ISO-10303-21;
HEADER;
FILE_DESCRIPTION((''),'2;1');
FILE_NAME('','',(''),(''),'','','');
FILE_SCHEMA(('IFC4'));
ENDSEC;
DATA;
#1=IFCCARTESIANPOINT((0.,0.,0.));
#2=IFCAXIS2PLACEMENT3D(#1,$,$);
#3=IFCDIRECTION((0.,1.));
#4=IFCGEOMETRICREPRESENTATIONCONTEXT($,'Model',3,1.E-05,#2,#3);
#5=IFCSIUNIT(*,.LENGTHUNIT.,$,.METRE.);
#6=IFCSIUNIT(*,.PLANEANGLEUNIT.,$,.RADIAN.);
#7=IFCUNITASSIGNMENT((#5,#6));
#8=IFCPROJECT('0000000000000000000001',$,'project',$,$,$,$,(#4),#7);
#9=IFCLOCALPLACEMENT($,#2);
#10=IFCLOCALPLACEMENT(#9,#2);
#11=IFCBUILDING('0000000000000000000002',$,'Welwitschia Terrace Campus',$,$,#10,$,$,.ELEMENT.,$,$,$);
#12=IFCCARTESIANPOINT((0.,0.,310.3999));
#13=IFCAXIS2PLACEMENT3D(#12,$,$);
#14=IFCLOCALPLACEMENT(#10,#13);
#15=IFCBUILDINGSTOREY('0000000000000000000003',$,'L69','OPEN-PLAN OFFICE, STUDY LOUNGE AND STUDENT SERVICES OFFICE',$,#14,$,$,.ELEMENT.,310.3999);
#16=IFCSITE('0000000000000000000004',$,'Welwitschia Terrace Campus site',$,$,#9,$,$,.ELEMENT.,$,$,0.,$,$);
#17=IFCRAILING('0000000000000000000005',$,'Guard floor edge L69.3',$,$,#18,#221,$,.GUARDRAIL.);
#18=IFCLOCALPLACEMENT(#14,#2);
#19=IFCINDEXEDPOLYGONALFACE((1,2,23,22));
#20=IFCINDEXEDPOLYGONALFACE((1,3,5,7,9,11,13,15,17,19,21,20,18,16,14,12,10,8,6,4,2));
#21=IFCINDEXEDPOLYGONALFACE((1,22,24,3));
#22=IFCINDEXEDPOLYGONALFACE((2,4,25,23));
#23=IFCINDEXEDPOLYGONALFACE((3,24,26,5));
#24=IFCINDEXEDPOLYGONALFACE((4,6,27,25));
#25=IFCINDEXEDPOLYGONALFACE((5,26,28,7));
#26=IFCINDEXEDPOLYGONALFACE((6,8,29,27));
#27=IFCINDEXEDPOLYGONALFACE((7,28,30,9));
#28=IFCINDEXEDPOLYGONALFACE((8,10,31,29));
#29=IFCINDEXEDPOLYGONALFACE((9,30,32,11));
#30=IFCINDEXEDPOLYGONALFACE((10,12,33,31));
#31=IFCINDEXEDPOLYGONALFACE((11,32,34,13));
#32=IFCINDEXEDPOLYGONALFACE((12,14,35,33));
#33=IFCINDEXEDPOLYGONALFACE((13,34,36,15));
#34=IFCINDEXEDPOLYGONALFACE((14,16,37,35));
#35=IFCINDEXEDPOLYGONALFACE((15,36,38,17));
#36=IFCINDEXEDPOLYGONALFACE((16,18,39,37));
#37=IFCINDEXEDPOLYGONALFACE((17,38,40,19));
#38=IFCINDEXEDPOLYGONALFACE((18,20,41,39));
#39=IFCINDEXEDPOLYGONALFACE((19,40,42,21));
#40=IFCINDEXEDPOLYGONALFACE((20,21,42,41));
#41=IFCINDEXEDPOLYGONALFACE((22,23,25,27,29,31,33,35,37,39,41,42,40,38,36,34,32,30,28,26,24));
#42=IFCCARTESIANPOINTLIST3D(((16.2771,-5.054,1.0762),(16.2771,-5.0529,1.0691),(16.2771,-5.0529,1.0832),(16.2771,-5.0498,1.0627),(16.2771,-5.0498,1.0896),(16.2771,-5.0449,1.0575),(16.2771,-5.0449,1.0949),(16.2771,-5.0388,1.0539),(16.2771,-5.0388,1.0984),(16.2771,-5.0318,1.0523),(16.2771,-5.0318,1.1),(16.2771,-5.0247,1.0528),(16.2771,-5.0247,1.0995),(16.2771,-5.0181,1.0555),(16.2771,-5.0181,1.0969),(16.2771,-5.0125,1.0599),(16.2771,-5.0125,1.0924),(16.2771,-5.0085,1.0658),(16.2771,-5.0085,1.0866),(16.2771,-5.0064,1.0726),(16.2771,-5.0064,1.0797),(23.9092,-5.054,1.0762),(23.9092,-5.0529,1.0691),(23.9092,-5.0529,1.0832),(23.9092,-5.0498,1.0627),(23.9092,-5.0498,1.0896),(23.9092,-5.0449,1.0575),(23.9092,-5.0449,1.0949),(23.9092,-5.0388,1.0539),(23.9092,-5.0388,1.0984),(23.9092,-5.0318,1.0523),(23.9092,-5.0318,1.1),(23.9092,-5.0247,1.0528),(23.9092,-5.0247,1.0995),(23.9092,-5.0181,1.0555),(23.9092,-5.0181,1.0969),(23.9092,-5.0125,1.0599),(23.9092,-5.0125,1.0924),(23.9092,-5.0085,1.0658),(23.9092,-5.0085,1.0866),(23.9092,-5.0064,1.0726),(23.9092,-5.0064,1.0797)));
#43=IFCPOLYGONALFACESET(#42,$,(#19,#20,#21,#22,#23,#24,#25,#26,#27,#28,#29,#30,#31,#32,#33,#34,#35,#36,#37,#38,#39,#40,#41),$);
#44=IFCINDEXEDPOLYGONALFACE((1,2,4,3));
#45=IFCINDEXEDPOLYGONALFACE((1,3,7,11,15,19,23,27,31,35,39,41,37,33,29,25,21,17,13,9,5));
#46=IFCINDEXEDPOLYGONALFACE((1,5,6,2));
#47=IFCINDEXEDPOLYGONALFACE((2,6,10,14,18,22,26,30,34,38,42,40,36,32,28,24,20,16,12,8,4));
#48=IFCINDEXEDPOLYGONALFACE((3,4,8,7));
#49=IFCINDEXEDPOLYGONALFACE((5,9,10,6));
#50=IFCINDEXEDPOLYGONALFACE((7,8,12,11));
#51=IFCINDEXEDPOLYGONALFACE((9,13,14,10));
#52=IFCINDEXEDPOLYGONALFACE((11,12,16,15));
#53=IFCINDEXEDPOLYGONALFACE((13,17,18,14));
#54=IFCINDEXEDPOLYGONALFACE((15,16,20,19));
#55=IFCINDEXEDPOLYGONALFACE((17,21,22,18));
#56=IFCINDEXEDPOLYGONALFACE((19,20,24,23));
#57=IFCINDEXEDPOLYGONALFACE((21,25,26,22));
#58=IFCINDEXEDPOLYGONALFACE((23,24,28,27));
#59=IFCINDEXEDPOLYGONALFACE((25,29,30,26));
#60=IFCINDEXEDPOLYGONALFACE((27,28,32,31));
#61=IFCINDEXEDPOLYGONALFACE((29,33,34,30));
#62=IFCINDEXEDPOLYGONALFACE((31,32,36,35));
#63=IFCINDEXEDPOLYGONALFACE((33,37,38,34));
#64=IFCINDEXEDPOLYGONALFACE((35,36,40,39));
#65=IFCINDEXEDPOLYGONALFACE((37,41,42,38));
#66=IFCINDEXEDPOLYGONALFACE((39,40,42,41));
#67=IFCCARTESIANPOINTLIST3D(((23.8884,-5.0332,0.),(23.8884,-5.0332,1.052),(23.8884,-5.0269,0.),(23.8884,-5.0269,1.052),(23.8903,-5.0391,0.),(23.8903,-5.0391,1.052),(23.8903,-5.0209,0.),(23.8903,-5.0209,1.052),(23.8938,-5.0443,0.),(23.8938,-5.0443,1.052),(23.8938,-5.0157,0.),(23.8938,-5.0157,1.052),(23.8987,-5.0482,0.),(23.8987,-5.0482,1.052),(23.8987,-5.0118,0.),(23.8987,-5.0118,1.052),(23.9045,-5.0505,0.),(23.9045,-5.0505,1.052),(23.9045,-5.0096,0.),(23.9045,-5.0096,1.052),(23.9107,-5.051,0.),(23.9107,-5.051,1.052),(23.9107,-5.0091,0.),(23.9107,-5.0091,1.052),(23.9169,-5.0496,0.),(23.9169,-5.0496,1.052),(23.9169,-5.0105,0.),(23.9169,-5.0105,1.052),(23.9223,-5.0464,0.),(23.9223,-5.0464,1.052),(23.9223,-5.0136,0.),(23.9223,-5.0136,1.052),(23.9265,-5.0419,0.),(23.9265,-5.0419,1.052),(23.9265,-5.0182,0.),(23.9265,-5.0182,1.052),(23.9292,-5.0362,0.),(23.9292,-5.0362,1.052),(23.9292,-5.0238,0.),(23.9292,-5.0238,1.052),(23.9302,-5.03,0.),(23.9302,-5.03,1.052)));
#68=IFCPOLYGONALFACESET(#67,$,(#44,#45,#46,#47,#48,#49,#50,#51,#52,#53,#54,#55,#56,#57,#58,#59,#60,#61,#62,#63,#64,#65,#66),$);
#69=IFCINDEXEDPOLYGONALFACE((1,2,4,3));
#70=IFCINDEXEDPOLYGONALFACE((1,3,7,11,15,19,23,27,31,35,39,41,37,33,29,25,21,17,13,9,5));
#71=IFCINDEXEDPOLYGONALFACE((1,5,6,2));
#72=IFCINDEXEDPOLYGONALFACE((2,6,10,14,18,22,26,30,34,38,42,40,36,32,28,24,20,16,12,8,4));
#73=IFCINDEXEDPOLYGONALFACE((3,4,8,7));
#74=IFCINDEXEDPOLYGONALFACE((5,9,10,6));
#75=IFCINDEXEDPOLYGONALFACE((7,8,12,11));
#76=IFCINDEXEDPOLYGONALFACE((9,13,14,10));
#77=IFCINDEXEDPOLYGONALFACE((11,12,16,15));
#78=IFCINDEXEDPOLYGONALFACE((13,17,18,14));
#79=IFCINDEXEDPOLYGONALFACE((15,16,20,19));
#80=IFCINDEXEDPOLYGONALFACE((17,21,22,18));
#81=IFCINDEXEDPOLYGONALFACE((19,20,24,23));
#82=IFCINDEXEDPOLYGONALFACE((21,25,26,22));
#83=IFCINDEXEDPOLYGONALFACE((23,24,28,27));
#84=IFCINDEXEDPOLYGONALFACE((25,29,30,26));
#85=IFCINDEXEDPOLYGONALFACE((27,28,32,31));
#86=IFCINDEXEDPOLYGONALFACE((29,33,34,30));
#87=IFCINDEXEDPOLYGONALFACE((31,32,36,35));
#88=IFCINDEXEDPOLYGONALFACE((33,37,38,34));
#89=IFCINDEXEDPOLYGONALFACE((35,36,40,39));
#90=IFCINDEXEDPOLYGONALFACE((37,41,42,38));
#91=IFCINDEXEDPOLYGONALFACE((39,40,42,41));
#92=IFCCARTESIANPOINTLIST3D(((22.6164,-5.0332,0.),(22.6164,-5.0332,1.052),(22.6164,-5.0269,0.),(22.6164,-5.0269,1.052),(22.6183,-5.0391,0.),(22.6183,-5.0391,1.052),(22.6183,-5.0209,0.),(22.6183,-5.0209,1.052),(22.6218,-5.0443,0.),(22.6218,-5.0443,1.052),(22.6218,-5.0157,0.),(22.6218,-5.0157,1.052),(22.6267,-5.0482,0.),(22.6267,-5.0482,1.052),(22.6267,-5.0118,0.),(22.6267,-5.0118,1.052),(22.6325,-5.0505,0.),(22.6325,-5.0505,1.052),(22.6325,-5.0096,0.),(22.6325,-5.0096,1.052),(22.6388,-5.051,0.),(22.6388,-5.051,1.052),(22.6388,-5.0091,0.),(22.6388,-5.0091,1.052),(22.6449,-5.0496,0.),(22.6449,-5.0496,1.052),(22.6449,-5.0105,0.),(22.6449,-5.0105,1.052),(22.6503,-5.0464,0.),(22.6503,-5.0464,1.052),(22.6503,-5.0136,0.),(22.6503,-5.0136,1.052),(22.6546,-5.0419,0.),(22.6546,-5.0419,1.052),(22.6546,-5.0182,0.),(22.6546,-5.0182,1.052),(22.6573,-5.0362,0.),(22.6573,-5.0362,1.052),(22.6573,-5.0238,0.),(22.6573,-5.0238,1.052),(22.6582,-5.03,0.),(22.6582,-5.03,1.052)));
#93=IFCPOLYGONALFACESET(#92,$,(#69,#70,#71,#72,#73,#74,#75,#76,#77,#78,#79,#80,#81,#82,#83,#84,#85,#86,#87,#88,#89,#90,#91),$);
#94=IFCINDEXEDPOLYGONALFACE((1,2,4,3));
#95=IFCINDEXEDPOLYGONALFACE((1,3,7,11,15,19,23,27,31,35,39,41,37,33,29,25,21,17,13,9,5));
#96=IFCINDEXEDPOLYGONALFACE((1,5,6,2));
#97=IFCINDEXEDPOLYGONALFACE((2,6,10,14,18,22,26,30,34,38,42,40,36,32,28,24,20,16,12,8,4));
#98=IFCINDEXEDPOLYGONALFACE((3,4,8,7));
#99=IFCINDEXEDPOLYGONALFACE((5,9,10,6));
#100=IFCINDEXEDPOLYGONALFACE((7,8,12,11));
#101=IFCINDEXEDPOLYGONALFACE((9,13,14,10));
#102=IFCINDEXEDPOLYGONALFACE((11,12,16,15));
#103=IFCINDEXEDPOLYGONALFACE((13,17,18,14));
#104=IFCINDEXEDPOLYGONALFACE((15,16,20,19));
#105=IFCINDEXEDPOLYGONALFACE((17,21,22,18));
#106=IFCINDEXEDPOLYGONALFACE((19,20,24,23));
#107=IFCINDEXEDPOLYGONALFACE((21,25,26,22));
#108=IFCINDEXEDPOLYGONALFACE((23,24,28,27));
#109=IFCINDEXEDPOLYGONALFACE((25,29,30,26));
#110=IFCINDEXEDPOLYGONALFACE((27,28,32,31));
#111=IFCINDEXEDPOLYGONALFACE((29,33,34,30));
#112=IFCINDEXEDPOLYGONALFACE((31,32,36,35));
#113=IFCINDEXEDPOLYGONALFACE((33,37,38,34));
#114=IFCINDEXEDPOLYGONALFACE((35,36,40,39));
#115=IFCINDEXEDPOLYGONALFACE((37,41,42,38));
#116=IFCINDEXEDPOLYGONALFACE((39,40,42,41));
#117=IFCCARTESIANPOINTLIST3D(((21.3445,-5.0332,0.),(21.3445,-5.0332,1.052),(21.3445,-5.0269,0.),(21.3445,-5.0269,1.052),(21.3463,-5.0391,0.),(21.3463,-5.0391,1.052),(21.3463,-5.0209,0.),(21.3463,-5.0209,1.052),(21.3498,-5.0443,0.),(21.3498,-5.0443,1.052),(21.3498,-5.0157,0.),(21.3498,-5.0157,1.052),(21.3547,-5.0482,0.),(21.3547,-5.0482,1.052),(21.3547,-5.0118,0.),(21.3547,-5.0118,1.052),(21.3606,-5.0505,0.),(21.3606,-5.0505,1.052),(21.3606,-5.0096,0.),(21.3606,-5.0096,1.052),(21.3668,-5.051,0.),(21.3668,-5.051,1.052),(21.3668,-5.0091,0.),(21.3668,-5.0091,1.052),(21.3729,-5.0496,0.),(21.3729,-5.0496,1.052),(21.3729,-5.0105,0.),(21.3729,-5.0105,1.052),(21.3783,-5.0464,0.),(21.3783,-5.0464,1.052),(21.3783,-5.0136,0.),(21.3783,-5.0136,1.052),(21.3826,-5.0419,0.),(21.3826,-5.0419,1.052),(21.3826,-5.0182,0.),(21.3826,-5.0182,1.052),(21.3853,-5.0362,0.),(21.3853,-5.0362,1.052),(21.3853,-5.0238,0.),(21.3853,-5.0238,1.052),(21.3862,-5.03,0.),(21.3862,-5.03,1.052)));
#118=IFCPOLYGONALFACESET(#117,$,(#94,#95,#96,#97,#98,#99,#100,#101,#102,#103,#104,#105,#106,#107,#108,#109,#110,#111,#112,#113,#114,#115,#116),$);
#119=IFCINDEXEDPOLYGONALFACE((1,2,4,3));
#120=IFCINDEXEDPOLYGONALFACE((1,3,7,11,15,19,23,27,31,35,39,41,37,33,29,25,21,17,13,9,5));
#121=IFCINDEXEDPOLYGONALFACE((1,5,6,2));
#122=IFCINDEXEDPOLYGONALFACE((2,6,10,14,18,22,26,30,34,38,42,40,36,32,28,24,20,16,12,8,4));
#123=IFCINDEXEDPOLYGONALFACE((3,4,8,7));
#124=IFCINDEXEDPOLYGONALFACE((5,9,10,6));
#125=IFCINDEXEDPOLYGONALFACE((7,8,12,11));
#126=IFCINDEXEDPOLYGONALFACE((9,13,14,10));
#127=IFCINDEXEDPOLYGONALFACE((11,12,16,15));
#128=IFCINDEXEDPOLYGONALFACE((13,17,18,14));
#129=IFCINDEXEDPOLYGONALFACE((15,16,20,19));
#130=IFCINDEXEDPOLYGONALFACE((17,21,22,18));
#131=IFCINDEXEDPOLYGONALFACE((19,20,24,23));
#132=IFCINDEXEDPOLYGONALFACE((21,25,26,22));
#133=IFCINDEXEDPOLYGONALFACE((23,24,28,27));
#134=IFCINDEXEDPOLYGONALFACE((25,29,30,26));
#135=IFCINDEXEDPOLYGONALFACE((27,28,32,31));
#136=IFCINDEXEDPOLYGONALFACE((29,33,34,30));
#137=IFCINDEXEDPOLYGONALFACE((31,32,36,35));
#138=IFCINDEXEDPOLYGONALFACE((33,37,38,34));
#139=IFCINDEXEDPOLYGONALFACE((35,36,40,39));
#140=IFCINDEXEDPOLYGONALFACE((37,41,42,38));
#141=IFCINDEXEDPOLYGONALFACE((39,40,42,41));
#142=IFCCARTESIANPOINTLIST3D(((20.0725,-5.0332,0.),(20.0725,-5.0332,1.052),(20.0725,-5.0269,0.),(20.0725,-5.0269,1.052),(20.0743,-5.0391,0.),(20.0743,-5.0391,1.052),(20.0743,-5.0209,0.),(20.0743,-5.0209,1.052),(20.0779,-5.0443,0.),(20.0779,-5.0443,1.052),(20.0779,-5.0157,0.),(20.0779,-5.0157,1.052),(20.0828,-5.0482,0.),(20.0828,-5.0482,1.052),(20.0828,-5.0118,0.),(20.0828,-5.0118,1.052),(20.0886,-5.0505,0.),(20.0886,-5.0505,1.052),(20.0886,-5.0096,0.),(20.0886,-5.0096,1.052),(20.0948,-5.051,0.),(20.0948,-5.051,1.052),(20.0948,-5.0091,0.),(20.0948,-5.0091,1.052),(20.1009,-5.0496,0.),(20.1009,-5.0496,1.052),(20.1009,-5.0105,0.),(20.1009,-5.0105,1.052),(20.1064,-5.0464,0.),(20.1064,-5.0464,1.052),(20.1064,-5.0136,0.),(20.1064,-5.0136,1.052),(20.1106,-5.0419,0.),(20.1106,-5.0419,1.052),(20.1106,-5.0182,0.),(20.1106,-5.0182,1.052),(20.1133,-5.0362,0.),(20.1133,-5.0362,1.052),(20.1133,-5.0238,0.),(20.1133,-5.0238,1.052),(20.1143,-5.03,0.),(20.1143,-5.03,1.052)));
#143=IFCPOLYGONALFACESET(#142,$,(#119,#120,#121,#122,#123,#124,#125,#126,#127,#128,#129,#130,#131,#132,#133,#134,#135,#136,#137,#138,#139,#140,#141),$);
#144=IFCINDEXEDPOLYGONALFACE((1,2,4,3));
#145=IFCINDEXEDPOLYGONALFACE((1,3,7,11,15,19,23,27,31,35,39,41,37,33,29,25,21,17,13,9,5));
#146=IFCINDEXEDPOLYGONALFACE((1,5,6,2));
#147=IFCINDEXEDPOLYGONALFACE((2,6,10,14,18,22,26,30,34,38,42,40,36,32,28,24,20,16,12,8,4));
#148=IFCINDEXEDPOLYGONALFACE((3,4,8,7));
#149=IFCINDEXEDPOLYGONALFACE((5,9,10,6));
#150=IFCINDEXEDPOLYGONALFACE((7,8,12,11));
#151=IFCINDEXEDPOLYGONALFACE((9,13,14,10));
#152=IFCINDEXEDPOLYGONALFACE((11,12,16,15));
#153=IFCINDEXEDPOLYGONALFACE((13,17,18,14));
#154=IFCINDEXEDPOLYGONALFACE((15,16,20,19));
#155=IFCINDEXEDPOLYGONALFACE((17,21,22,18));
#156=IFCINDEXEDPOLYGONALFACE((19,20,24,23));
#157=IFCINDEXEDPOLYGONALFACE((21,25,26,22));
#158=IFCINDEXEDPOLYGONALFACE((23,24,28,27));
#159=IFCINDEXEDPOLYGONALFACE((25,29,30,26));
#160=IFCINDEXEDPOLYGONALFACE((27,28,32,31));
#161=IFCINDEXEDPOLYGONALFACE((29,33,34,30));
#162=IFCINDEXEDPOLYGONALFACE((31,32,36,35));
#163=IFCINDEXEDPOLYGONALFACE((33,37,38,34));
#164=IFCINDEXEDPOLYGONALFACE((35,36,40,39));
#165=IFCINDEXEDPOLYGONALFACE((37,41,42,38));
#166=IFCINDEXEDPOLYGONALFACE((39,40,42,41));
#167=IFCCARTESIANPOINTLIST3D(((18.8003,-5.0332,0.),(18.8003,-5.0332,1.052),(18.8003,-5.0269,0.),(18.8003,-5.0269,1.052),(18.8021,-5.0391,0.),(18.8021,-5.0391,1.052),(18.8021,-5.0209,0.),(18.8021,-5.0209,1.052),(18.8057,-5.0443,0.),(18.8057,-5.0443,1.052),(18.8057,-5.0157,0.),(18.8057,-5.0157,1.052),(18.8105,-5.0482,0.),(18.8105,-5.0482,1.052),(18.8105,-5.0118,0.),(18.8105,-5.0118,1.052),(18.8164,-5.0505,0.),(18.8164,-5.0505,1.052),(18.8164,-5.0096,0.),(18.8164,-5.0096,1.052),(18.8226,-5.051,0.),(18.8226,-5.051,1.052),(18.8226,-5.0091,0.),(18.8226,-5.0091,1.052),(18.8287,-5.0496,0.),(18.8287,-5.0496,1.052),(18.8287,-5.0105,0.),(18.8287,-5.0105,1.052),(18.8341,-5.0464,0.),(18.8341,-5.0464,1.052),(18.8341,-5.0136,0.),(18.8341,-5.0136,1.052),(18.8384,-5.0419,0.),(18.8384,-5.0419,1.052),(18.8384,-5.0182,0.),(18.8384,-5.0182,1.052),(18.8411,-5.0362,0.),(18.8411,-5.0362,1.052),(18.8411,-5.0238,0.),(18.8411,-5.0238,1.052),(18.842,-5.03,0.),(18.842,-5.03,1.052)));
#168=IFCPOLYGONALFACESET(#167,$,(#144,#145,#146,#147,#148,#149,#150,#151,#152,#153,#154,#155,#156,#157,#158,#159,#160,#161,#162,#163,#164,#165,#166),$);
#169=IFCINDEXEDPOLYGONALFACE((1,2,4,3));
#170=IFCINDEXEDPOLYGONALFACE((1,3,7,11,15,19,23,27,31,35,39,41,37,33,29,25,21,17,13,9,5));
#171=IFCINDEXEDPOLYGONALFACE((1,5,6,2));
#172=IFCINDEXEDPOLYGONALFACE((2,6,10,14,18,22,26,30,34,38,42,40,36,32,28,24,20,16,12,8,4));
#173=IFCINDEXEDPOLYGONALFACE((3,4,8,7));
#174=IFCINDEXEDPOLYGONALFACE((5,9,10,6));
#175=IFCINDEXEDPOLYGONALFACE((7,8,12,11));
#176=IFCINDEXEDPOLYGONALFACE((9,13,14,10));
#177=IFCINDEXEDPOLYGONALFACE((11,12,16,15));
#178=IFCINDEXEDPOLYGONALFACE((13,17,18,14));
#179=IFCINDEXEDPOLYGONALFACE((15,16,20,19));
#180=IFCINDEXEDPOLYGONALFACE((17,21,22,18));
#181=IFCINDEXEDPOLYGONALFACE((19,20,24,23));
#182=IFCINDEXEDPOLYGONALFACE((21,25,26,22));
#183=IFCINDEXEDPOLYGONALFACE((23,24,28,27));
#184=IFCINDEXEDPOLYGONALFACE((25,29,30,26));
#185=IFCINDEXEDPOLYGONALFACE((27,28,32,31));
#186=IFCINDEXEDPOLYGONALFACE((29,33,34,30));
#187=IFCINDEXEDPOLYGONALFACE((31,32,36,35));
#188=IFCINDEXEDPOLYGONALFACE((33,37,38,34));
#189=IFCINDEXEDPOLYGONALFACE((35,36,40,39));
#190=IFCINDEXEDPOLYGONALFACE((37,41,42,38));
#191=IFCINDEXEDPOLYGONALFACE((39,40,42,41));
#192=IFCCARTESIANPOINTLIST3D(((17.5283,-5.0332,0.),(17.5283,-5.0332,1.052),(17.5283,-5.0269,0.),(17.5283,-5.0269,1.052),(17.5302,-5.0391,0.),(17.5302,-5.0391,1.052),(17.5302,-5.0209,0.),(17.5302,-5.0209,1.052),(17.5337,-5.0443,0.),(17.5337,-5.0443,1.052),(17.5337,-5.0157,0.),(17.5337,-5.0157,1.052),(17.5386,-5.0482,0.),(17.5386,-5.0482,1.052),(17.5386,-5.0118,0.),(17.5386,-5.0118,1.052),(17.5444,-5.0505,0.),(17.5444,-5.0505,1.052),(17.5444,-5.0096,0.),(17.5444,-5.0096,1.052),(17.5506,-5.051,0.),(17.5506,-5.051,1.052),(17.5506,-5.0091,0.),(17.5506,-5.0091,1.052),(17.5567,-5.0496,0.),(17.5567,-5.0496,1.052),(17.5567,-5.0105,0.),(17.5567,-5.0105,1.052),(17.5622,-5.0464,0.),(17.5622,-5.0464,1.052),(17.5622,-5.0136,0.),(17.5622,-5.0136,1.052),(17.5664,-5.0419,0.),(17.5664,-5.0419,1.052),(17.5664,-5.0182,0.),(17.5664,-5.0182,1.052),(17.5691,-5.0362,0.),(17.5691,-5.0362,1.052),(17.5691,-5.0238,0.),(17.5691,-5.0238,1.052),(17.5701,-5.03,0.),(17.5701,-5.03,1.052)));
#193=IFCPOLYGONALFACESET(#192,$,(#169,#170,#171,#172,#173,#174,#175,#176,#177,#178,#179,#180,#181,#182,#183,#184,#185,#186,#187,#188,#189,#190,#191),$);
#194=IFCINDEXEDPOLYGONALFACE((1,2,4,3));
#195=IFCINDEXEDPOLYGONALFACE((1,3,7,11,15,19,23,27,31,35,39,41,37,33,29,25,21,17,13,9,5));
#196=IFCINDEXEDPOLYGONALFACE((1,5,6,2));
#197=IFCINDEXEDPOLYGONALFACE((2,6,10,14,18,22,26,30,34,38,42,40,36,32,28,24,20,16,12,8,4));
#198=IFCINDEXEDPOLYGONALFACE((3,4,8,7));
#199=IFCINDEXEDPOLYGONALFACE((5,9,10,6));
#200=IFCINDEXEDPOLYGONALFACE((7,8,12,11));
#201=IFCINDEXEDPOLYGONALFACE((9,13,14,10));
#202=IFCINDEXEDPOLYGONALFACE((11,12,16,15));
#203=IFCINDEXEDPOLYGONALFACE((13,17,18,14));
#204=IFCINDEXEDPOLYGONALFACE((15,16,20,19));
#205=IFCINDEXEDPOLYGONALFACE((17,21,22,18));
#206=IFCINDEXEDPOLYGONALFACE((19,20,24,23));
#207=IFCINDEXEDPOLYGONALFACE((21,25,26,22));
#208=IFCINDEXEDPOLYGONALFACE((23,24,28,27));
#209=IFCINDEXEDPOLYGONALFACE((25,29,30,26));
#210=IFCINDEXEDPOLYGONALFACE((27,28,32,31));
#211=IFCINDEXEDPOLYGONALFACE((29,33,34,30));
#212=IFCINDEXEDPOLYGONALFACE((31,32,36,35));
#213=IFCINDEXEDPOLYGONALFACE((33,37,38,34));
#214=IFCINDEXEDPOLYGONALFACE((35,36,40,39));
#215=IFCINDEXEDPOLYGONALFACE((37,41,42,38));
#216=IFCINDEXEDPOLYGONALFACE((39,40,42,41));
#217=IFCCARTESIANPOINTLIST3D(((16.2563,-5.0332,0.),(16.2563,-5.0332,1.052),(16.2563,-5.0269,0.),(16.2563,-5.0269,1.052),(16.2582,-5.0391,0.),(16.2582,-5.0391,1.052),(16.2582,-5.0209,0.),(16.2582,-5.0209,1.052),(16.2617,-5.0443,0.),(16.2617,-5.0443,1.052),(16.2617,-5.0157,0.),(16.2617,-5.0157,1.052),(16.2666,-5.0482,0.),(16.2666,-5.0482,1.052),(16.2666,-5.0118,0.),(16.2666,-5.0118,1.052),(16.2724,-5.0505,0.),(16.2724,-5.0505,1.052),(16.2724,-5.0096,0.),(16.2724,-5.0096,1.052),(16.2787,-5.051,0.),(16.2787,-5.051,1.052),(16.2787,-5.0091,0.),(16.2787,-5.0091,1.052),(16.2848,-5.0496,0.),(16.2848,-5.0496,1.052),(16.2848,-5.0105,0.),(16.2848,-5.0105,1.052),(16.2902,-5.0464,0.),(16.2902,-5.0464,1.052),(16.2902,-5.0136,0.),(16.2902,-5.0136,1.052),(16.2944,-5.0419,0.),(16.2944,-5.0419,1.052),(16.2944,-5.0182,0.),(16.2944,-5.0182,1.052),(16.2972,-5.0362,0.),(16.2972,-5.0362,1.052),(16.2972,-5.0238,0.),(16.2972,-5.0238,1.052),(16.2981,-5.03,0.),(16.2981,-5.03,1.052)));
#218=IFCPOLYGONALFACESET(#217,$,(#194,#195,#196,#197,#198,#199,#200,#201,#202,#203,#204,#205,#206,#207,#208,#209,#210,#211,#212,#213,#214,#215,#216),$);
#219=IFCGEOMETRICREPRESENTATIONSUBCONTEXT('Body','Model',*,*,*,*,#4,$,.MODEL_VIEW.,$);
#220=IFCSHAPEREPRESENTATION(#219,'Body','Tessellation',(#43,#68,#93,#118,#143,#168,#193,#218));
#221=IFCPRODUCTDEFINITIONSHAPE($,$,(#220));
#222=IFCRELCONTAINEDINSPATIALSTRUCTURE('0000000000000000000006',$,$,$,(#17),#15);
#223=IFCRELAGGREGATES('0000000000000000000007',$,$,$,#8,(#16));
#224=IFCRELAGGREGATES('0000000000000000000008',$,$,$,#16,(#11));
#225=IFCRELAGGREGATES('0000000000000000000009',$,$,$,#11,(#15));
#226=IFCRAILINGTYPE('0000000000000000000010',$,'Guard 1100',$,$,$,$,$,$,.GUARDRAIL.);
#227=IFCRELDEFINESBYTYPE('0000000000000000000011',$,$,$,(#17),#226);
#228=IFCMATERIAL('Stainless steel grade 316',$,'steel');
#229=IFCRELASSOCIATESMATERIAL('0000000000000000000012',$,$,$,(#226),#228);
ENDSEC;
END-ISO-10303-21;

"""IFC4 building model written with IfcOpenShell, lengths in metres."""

from ifc_helpers import new_model, si_unit, direction, frame, origin, origin_2d, place, context, subcontext, project, spatial, circle, extrude, material, type_object, element, save


model = new_model("IFC4")

# Units and contexts
model_context = context("Model", 3, precision=1e-05, world=origin(), true_north=direction((0.0, 1.0)))
body_context = subcontext(model_context, "Body", "Model", "MODEL_VIEW")
ifc_project = project(units=[si_unit("LENGTHUNIT", "METRE"), si_unit("PLANEANGLEUNIT", "RADIAN")], contexts=[model_context])

# Site, building, storey
site_placement = place(None, origin())
site = spatial("IfcSite", under=ifc_project, at=site_placement, Name="Welwitschia Terrace Campus site", CompositionType="ELEMENT", RefElevation=0.0)
building_placement = place(site_placement, origin())
building = spatial("IfcBuilding", under=site, at=building_placement, Name="Welwitschia Terrace Campus", CompositionType="ELEMENT")
storey_placement = place(building_placement, frame((0.0, 0.0, 310.3999)))
storey = spatial("IfcBuildingStorey", under=building, at=storey_placement, Name="L69", Description="OPEN-PLAN OFFICE, STUDY LOUNGE AND STUDENT SERVICES OFFICE", CompositionType="ELEMENT", Elevation=310.3999)

# Railing
ifc_material_1 = material(Name="Stainless steel grade 316", Category="steel")
railing_type_1 = type_object("IfcRailingType", Name="Guard 1100", PredefinedType="GUARDRAIL", material=ifc_material_1)
railing_1_placement = place(storey_placement, frame((23.9092, -5.03, 0.0)))
element("IfcRailing", 1, at=railing_1_placement, inside=storey, type_object=railing_type_1, Name="Guard floor edge L69.3", PredefinedType="GUARDRAIL", context=body_context, shape_type="SweptSolid", body=[
    extrude(circle(Radius=0.0239, at=origin_2d()), frame((0.0, 0.0, 1.0762), z_axis=(-1.0, 0.0, 0.0), x_axis=(0.0, -1.0, 0.0)), (0.0, 0.0, 1.0), 7.6321),
    extrude(circle(Radius=0.021, at=origin_2d()), origin(), (0.0, 0.0, 1.0), 1.052),
    extrude(circle(Radius=0.021, at=origin_2d()), frame((-1.272, 0.0, 0.0)), (0.0, 0.0, 1.0), 1.052),
    extrude(circle(Radius=0.021, at=origin_2d()), frame((-2.5439, 0.0, 0.0)), (0.0, 0.0, 1.0), 1.052),
    extrude(circle(Radius=0.021, at=origin_2d()), frame((-3.8159, 0.0, 0.0)), (0.0, 0.0, 1.0), 1.052),
    extrude(circle(Radius=0.021, at=origin_2d()), frame((-5.0881, 0.0, 0.0)), (0.0, 0.0, 1.0), 1.052),
    extrude(circle(Radius=0.021, at=origin_2d()), frame((-6.3601, 0.0, 0.0)), (0.0, 0.0, 1.0), 1.052),
    extrude(circle(Radius=0.021, at=origin_2d()), frame((-7.6321, 0.0, 0.0)), (0.0, 0.0, 1.0), 1.052),
])

save(model, "model.ifc")
